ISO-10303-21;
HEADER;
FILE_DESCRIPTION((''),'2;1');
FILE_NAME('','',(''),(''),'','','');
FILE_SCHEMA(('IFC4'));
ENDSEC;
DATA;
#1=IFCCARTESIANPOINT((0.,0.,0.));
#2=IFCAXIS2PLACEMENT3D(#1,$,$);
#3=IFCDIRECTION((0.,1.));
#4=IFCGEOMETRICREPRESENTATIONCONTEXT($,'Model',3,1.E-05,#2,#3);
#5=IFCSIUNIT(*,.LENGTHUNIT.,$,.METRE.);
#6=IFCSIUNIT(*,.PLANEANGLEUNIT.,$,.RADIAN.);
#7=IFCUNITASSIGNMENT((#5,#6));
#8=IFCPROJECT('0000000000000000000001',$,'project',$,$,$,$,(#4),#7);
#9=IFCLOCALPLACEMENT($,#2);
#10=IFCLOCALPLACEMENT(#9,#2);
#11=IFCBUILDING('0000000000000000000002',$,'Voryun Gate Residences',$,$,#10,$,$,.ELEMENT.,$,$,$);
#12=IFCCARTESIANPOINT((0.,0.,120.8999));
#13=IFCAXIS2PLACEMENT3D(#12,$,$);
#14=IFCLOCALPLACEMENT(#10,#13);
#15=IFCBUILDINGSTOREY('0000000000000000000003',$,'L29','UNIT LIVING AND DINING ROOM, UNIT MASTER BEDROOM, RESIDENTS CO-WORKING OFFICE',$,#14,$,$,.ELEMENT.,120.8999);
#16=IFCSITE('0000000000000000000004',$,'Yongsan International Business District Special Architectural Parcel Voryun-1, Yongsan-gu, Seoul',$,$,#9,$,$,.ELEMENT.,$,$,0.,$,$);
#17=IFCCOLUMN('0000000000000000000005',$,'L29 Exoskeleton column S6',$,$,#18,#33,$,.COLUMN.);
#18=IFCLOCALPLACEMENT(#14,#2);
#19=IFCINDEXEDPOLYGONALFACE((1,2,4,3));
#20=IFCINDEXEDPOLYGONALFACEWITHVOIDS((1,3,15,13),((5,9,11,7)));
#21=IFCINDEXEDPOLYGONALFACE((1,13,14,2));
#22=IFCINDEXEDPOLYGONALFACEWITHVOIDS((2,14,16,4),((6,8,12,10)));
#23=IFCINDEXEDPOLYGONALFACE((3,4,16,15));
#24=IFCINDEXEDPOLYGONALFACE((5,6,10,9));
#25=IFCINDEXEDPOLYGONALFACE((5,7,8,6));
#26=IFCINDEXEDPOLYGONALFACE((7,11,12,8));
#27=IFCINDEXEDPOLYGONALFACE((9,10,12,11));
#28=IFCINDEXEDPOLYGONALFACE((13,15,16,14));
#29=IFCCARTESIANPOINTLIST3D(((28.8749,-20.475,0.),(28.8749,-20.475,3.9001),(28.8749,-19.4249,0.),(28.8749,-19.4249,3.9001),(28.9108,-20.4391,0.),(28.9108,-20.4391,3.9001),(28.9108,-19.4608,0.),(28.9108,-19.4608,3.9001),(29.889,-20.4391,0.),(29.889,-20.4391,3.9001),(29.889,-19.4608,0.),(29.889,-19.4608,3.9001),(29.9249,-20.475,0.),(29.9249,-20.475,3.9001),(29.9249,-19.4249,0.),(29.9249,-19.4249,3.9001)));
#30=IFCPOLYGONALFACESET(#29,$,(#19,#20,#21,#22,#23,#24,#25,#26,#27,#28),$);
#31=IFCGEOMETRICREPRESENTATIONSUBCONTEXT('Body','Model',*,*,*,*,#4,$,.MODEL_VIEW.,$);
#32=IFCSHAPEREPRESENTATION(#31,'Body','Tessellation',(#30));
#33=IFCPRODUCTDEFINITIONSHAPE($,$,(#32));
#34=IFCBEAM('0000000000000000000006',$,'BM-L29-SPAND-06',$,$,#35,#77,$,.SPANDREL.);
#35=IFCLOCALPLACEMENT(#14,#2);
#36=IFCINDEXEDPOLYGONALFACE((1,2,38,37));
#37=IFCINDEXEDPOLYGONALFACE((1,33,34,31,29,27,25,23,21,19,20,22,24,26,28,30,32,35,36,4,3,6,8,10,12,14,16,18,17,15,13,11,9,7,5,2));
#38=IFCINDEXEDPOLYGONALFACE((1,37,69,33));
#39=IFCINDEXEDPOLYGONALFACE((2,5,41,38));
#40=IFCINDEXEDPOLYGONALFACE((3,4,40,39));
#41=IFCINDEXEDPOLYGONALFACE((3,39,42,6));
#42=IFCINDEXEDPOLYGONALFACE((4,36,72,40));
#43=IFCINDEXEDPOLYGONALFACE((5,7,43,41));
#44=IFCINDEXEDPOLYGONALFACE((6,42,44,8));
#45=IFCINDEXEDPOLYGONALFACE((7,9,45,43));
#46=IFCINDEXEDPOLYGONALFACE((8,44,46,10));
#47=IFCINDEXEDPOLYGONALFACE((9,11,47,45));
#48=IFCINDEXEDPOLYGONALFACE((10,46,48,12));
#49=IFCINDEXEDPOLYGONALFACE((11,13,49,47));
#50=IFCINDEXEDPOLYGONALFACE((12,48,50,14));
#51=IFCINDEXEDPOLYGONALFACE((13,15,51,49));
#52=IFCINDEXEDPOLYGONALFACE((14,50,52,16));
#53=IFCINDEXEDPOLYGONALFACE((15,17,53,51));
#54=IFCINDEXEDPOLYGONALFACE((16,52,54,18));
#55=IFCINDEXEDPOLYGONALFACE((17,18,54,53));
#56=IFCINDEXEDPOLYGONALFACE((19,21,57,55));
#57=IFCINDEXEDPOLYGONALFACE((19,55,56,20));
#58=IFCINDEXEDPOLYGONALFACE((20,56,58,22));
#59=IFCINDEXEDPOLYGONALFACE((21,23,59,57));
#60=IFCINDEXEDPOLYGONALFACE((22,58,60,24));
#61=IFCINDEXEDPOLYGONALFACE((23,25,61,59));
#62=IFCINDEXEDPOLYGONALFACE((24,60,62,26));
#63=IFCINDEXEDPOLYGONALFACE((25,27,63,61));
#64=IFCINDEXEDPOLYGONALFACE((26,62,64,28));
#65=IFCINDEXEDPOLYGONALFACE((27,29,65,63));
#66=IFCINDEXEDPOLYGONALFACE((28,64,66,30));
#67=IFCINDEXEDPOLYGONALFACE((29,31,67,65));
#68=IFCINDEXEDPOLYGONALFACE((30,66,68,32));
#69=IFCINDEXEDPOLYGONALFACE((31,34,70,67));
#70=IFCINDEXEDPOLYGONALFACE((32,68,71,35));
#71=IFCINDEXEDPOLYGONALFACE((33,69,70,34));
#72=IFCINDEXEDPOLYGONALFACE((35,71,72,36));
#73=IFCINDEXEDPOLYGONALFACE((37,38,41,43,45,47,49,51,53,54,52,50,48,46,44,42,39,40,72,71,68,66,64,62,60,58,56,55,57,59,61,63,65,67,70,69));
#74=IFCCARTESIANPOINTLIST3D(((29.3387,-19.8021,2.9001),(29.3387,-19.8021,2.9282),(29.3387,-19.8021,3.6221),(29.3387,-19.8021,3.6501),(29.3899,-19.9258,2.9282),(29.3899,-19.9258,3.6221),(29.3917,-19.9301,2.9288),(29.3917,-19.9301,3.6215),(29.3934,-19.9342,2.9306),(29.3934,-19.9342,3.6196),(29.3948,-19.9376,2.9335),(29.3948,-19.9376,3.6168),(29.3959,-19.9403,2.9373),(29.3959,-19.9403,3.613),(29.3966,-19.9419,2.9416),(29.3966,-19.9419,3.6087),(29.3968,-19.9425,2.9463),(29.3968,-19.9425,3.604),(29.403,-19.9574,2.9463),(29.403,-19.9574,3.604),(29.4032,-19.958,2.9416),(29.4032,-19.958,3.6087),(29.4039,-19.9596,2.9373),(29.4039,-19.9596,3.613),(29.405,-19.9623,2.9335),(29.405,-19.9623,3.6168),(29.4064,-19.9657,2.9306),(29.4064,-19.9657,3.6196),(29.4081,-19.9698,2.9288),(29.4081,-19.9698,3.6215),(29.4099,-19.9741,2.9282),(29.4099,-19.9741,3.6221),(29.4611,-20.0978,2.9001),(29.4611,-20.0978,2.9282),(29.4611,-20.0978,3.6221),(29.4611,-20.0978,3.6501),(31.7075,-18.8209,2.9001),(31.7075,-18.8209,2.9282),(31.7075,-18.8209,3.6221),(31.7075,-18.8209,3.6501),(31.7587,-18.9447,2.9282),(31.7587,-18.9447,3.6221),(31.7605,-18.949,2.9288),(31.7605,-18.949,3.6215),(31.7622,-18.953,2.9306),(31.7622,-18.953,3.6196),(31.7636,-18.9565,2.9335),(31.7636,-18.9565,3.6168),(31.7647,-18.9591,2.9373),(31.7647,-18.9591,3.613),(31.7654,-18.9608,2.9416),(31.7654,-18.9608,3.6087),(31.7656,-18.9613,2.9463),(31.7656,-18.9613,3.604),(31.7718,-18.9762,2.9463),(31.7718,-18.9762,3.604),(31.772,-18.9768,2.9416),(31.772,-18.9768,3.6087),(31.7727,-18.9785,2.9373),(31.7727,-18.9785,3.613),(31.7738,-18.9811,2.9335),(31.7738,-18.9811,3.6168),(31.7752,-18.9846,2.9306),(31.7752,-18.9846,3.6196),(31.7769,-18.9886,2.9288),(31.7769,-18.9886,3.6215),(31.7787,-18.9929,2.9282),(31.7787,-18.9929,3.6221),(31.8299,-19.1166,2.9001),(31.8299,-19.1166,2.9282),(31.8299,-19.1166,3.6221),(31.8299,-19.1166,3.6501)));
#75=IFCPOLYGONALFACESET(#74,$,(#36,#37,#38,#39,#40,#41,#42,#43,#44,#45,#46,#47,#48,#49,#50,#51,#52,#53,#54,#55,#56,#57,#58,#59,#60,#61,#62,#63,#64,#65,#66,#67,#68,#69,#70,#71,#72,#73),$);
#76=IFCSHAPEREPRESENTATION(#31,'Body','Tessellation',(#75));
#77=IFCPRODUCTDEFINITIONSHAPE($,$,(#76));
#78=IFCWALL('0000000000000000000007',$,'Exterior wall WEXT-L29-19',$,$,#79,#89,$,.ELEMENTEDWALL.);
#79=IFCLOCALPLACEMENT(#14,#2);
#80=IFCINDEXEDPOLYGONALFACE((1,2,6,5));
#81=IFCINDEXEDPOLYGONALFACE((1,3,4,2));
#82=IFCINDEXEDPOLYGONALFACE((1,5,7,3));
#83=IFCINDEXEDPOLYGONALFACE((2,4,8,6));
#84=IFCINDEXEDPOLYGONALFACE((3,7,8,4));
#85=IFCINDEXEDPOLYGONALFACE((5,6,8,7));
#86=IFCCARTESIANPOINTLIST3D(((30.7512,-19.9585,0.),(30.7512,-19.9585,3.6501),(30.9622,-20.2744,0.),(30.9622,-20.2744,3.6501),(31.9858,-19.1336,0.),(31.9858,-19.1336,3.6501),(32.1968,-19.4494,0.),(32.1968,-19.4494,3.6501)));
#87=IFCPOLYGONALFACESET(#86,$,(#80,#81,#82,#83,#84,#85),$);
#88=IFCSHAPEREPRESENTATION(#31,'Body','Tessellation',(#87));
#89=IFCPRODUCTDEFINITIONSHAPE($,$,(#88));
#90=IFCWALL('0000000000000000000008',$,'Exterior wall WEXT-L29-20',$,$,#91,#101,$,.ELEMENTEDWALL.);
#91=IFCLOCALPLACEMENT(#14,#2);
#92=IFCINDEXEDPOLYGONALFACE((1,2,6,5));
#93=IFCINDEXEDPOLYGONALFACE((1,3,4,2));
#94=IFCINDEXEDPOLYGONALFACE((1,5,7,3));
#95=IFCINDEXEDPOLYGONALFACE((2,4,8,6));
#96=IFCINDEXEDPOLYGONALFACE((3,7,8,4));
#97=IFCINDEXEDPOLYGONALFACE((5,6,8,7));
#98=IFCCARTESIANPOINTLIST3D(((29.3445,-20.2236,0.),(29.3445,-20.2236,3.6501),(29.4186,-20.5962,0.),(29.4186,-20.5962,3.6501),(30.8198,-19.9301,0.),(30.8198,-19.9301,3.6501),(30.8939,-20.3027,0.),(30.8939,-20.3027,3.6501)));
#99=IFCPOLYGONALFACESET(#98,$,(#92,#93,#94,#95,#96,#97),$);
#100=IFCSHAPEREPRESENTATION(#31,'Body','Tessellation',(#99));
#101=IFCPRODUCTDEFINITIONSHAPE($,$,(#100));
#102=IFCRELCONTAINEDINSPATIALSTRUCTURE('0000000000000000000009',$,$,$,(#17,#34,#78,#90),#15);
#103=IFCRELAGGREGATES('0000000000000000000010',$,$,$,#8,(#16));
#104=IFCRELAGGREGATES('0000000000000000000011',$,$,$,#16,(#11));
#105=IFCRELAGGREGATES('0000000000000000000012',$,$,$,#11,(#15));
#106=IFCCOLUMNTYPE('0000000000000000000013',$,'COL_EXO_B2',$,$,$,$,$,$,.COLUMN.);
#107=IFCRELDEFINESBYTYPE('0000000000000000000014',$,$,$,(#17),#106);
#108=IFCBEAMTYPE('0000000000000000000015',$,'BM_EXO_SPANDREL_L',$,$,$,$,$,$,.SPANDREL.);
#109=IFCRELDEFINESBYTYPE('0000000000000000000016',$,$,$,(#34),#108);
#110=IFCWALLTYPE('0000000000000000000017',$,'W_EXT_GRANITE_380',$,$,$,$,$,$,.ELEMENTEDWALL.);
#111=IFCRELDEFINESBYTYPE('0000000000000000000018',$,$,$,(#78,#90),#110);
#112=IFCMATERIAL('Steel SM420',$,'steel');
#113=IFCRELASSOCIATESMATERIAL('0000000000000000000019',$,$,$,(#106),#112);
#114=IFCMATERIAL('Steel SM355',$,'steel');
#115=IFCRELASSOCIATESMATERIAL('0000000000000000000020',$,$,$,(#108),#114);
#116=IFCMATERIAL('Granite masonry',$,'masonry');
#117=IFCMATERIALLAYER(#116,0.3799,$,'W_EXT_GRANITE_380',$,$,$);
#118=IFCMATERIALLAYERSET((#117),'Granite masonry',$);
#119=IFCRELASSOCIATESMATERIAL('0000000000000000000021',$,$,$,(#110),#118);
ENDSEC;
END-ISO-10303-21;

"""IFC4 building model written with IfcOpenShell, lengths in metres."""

from ifc_helpers import new_model, si_unit, direction, frame, frame_2d, origin, origin_2d, place, context, subcontext, project, spatial, rectangle, hollow_rectangle, i_section, extrude, material, layer, layer_set, material_profile, profile_set, type_object, element, save


model = new_model("IFC4")

# Units and contexts
model_context = context("Model", 3, precision=1e-05, world=origin(), true_north=direction((0.0, 1.0)))
body_context = subcontext(model_context, "Body", "Model", "MODEL_VIEW")
ifc_project = project(units=[si_unit("LENGTHUNIT", "METRE"), si_unit("PLANEANGLEUNIT", "RADIAN")], contexts=[model_context])

# Site, building, storey
site_placement = place(None, origin())
site = spatial("IfcSite", under=ifc_project, at=site_placement, Name="Yongsan International Business District Special Architectural Parcel Voryun-1, Yongsan-gu, Seoul", CompositionType="ELEMENT", RefElevation=0.0)
building_placement = place(site_placement, origin())
building = spatial("IfcBuilding", under=site, at=building_placement, Name="Voryun Gate Residences", CompositionType="ELEMENT")
storey_placement = place(building_placement, frame((0.0, 0.0, 120.8999)))
storey = spatial("IfcBuildingStorey", under=building, at=storey_placement, Name="L29", Description="UNIT LIVING AND DINING ROOM, UNIT MASTER BEDROOM, RESIDENTS CO-WORKING OFFICE", CompositionType="ELEMENT", Elevation=120.8999)

# Column
ifc_material_1 = material(Name="Steel SM420", Category="steel")
ifc_material_profile_1 = material_profile(ifc_material_1, hollow_rectangle(XDim=1.05, YDim=1.05, WallThickness=0.0359, at=origin_2d()), Name="BOX-1050x1050x36")
ifc_profile_set_1 = profile_set([ifc_material_profile_1], Name="Steel SM420")
column_type = type_object("IfcColumnType", Name="COL_EXO_B2", PredefinedType="COLUMN", material=ifc_profile_set_1)
column_placement = place(storey_placement, frame((29.3999, -19.95, 0.0), z_axis=(0.0, 0.0, 1.0), x_axis=(1.0, 0.0, 0.0)))
element("IfcColumn", 1, at=column_placement, inside=storey, type_object=column_type, Name="L29 Exoskeleton column S6", PredefinedType="COLUMN", context=body_context, shape_type="SweptSolid", body=[
    extrude(hollow_rectangle(XDim=1.05, YDim=1.05, WallThickness=0.0359, at=origin_2d()), origin(), (0.0, 0.0, 1.0), 3.9001),
])

# Beam
ifc_material_2 = material(Name="Steel SM355", Category="steel")
ifc_material_profile_2 = material_profile(ifc_material_2, i_section(OverallWidth=0.3201, OverallDepth=0.75, WebThickness=0.0161, FlangeThickness=0.0281, FilletRadius=0.0181, at=origin_2d()), Name="H-750x320x16x28")
ifc_profile_set_2 = profile_set([ifc_material_profile_2], Name="Steel SM355")
beam_type = type_object("IfcBeamType", Name="BM_EXO_SPANDREL_L", PredefinedType="SPANDREL", material=ifc_profile_set_2)
beam_placement = place(storey_placement, frame((29.3999, -19.95, 3.2751), z_axis=(0.923883, 0.382674, 0.0), x_axis=(-0.382674, 0.923883, 0.0)))
element("IfcBeam", 2, at=beam_placement, inside=storey, type_object=beam_type, Name="BM-L29-SPAND-06", PredefinedType="SPANDREL", context=body_context, shape_type="SweptSolid", body=[
    extrude(i_section(OverallWidth=0.3201, OverallDepth=0.75, WebThickness=0.0161, FlangeThickness=0.0281, FilletRadius=0.0181, at=origin_2d()), origin(), (0.0, 0.0, 1.0), 2.564),
])

# Shared definitions
ifc_material_3 = material(Name="Granite masonry", Category="masonry")
ifc_layer = layer(ifc_material_3, 0.3799, Name="W_EXT_GRANITE_380")
ifc_layer_set = layer_set([ifc_layer], Name="Granite masonry")
wall_type = type_object("IfcWallType", Name="W_EXT_GRANITE_380", PredefinedType="ELEMENTEDWALL", material=ifc_layer_set)

# Walls
wall_1_placement = place(storey_placement, frame((32.0913, -19.2915, 0.0), z_axis=(0.0, 0.0, 1.0), x_axis=(-0.831468, -0.555573, 0.0)))
element("IfcWall", 3, at=wall_1_placement, inside=storey, type_object=wall_type, Name="Exterior wall WEXT-L29-19", PredefinedType="ELEMENTEDWALL", context=body_context, shape_type="SweptSolid", body=[
    extrude(rectangle(XDim=1.4849, YDim=0.3799, at=frame_2d((0.7424, 0.0))), origin(), (0.0, 0.0, 1.0), 3.6501),
])
wall_2_placement = place(storey_placement, frame((30.8567, -20.1165, 0.0), z_axis=(0.0, 0.0, 1.0), x_axis=(-0.980786, -0.195086, 0.0)))
element("IfcWall", 4, at=wall_2_placement, inside=storey, type_object=wall_type, Name="Exterior wall WEXT-L29-20", PredefinedType="ELEMENTEDWALL", context=body_context, shape_type="SweptSolid", body=[
    extrude(rectangle(XDim=1.5042, YDim=0.3799, at=frame_2d((0.752, 0.0))), origin(), (0.0, 0.0, 1.0), 3.6501),
])

save(model, "model.ifc")
